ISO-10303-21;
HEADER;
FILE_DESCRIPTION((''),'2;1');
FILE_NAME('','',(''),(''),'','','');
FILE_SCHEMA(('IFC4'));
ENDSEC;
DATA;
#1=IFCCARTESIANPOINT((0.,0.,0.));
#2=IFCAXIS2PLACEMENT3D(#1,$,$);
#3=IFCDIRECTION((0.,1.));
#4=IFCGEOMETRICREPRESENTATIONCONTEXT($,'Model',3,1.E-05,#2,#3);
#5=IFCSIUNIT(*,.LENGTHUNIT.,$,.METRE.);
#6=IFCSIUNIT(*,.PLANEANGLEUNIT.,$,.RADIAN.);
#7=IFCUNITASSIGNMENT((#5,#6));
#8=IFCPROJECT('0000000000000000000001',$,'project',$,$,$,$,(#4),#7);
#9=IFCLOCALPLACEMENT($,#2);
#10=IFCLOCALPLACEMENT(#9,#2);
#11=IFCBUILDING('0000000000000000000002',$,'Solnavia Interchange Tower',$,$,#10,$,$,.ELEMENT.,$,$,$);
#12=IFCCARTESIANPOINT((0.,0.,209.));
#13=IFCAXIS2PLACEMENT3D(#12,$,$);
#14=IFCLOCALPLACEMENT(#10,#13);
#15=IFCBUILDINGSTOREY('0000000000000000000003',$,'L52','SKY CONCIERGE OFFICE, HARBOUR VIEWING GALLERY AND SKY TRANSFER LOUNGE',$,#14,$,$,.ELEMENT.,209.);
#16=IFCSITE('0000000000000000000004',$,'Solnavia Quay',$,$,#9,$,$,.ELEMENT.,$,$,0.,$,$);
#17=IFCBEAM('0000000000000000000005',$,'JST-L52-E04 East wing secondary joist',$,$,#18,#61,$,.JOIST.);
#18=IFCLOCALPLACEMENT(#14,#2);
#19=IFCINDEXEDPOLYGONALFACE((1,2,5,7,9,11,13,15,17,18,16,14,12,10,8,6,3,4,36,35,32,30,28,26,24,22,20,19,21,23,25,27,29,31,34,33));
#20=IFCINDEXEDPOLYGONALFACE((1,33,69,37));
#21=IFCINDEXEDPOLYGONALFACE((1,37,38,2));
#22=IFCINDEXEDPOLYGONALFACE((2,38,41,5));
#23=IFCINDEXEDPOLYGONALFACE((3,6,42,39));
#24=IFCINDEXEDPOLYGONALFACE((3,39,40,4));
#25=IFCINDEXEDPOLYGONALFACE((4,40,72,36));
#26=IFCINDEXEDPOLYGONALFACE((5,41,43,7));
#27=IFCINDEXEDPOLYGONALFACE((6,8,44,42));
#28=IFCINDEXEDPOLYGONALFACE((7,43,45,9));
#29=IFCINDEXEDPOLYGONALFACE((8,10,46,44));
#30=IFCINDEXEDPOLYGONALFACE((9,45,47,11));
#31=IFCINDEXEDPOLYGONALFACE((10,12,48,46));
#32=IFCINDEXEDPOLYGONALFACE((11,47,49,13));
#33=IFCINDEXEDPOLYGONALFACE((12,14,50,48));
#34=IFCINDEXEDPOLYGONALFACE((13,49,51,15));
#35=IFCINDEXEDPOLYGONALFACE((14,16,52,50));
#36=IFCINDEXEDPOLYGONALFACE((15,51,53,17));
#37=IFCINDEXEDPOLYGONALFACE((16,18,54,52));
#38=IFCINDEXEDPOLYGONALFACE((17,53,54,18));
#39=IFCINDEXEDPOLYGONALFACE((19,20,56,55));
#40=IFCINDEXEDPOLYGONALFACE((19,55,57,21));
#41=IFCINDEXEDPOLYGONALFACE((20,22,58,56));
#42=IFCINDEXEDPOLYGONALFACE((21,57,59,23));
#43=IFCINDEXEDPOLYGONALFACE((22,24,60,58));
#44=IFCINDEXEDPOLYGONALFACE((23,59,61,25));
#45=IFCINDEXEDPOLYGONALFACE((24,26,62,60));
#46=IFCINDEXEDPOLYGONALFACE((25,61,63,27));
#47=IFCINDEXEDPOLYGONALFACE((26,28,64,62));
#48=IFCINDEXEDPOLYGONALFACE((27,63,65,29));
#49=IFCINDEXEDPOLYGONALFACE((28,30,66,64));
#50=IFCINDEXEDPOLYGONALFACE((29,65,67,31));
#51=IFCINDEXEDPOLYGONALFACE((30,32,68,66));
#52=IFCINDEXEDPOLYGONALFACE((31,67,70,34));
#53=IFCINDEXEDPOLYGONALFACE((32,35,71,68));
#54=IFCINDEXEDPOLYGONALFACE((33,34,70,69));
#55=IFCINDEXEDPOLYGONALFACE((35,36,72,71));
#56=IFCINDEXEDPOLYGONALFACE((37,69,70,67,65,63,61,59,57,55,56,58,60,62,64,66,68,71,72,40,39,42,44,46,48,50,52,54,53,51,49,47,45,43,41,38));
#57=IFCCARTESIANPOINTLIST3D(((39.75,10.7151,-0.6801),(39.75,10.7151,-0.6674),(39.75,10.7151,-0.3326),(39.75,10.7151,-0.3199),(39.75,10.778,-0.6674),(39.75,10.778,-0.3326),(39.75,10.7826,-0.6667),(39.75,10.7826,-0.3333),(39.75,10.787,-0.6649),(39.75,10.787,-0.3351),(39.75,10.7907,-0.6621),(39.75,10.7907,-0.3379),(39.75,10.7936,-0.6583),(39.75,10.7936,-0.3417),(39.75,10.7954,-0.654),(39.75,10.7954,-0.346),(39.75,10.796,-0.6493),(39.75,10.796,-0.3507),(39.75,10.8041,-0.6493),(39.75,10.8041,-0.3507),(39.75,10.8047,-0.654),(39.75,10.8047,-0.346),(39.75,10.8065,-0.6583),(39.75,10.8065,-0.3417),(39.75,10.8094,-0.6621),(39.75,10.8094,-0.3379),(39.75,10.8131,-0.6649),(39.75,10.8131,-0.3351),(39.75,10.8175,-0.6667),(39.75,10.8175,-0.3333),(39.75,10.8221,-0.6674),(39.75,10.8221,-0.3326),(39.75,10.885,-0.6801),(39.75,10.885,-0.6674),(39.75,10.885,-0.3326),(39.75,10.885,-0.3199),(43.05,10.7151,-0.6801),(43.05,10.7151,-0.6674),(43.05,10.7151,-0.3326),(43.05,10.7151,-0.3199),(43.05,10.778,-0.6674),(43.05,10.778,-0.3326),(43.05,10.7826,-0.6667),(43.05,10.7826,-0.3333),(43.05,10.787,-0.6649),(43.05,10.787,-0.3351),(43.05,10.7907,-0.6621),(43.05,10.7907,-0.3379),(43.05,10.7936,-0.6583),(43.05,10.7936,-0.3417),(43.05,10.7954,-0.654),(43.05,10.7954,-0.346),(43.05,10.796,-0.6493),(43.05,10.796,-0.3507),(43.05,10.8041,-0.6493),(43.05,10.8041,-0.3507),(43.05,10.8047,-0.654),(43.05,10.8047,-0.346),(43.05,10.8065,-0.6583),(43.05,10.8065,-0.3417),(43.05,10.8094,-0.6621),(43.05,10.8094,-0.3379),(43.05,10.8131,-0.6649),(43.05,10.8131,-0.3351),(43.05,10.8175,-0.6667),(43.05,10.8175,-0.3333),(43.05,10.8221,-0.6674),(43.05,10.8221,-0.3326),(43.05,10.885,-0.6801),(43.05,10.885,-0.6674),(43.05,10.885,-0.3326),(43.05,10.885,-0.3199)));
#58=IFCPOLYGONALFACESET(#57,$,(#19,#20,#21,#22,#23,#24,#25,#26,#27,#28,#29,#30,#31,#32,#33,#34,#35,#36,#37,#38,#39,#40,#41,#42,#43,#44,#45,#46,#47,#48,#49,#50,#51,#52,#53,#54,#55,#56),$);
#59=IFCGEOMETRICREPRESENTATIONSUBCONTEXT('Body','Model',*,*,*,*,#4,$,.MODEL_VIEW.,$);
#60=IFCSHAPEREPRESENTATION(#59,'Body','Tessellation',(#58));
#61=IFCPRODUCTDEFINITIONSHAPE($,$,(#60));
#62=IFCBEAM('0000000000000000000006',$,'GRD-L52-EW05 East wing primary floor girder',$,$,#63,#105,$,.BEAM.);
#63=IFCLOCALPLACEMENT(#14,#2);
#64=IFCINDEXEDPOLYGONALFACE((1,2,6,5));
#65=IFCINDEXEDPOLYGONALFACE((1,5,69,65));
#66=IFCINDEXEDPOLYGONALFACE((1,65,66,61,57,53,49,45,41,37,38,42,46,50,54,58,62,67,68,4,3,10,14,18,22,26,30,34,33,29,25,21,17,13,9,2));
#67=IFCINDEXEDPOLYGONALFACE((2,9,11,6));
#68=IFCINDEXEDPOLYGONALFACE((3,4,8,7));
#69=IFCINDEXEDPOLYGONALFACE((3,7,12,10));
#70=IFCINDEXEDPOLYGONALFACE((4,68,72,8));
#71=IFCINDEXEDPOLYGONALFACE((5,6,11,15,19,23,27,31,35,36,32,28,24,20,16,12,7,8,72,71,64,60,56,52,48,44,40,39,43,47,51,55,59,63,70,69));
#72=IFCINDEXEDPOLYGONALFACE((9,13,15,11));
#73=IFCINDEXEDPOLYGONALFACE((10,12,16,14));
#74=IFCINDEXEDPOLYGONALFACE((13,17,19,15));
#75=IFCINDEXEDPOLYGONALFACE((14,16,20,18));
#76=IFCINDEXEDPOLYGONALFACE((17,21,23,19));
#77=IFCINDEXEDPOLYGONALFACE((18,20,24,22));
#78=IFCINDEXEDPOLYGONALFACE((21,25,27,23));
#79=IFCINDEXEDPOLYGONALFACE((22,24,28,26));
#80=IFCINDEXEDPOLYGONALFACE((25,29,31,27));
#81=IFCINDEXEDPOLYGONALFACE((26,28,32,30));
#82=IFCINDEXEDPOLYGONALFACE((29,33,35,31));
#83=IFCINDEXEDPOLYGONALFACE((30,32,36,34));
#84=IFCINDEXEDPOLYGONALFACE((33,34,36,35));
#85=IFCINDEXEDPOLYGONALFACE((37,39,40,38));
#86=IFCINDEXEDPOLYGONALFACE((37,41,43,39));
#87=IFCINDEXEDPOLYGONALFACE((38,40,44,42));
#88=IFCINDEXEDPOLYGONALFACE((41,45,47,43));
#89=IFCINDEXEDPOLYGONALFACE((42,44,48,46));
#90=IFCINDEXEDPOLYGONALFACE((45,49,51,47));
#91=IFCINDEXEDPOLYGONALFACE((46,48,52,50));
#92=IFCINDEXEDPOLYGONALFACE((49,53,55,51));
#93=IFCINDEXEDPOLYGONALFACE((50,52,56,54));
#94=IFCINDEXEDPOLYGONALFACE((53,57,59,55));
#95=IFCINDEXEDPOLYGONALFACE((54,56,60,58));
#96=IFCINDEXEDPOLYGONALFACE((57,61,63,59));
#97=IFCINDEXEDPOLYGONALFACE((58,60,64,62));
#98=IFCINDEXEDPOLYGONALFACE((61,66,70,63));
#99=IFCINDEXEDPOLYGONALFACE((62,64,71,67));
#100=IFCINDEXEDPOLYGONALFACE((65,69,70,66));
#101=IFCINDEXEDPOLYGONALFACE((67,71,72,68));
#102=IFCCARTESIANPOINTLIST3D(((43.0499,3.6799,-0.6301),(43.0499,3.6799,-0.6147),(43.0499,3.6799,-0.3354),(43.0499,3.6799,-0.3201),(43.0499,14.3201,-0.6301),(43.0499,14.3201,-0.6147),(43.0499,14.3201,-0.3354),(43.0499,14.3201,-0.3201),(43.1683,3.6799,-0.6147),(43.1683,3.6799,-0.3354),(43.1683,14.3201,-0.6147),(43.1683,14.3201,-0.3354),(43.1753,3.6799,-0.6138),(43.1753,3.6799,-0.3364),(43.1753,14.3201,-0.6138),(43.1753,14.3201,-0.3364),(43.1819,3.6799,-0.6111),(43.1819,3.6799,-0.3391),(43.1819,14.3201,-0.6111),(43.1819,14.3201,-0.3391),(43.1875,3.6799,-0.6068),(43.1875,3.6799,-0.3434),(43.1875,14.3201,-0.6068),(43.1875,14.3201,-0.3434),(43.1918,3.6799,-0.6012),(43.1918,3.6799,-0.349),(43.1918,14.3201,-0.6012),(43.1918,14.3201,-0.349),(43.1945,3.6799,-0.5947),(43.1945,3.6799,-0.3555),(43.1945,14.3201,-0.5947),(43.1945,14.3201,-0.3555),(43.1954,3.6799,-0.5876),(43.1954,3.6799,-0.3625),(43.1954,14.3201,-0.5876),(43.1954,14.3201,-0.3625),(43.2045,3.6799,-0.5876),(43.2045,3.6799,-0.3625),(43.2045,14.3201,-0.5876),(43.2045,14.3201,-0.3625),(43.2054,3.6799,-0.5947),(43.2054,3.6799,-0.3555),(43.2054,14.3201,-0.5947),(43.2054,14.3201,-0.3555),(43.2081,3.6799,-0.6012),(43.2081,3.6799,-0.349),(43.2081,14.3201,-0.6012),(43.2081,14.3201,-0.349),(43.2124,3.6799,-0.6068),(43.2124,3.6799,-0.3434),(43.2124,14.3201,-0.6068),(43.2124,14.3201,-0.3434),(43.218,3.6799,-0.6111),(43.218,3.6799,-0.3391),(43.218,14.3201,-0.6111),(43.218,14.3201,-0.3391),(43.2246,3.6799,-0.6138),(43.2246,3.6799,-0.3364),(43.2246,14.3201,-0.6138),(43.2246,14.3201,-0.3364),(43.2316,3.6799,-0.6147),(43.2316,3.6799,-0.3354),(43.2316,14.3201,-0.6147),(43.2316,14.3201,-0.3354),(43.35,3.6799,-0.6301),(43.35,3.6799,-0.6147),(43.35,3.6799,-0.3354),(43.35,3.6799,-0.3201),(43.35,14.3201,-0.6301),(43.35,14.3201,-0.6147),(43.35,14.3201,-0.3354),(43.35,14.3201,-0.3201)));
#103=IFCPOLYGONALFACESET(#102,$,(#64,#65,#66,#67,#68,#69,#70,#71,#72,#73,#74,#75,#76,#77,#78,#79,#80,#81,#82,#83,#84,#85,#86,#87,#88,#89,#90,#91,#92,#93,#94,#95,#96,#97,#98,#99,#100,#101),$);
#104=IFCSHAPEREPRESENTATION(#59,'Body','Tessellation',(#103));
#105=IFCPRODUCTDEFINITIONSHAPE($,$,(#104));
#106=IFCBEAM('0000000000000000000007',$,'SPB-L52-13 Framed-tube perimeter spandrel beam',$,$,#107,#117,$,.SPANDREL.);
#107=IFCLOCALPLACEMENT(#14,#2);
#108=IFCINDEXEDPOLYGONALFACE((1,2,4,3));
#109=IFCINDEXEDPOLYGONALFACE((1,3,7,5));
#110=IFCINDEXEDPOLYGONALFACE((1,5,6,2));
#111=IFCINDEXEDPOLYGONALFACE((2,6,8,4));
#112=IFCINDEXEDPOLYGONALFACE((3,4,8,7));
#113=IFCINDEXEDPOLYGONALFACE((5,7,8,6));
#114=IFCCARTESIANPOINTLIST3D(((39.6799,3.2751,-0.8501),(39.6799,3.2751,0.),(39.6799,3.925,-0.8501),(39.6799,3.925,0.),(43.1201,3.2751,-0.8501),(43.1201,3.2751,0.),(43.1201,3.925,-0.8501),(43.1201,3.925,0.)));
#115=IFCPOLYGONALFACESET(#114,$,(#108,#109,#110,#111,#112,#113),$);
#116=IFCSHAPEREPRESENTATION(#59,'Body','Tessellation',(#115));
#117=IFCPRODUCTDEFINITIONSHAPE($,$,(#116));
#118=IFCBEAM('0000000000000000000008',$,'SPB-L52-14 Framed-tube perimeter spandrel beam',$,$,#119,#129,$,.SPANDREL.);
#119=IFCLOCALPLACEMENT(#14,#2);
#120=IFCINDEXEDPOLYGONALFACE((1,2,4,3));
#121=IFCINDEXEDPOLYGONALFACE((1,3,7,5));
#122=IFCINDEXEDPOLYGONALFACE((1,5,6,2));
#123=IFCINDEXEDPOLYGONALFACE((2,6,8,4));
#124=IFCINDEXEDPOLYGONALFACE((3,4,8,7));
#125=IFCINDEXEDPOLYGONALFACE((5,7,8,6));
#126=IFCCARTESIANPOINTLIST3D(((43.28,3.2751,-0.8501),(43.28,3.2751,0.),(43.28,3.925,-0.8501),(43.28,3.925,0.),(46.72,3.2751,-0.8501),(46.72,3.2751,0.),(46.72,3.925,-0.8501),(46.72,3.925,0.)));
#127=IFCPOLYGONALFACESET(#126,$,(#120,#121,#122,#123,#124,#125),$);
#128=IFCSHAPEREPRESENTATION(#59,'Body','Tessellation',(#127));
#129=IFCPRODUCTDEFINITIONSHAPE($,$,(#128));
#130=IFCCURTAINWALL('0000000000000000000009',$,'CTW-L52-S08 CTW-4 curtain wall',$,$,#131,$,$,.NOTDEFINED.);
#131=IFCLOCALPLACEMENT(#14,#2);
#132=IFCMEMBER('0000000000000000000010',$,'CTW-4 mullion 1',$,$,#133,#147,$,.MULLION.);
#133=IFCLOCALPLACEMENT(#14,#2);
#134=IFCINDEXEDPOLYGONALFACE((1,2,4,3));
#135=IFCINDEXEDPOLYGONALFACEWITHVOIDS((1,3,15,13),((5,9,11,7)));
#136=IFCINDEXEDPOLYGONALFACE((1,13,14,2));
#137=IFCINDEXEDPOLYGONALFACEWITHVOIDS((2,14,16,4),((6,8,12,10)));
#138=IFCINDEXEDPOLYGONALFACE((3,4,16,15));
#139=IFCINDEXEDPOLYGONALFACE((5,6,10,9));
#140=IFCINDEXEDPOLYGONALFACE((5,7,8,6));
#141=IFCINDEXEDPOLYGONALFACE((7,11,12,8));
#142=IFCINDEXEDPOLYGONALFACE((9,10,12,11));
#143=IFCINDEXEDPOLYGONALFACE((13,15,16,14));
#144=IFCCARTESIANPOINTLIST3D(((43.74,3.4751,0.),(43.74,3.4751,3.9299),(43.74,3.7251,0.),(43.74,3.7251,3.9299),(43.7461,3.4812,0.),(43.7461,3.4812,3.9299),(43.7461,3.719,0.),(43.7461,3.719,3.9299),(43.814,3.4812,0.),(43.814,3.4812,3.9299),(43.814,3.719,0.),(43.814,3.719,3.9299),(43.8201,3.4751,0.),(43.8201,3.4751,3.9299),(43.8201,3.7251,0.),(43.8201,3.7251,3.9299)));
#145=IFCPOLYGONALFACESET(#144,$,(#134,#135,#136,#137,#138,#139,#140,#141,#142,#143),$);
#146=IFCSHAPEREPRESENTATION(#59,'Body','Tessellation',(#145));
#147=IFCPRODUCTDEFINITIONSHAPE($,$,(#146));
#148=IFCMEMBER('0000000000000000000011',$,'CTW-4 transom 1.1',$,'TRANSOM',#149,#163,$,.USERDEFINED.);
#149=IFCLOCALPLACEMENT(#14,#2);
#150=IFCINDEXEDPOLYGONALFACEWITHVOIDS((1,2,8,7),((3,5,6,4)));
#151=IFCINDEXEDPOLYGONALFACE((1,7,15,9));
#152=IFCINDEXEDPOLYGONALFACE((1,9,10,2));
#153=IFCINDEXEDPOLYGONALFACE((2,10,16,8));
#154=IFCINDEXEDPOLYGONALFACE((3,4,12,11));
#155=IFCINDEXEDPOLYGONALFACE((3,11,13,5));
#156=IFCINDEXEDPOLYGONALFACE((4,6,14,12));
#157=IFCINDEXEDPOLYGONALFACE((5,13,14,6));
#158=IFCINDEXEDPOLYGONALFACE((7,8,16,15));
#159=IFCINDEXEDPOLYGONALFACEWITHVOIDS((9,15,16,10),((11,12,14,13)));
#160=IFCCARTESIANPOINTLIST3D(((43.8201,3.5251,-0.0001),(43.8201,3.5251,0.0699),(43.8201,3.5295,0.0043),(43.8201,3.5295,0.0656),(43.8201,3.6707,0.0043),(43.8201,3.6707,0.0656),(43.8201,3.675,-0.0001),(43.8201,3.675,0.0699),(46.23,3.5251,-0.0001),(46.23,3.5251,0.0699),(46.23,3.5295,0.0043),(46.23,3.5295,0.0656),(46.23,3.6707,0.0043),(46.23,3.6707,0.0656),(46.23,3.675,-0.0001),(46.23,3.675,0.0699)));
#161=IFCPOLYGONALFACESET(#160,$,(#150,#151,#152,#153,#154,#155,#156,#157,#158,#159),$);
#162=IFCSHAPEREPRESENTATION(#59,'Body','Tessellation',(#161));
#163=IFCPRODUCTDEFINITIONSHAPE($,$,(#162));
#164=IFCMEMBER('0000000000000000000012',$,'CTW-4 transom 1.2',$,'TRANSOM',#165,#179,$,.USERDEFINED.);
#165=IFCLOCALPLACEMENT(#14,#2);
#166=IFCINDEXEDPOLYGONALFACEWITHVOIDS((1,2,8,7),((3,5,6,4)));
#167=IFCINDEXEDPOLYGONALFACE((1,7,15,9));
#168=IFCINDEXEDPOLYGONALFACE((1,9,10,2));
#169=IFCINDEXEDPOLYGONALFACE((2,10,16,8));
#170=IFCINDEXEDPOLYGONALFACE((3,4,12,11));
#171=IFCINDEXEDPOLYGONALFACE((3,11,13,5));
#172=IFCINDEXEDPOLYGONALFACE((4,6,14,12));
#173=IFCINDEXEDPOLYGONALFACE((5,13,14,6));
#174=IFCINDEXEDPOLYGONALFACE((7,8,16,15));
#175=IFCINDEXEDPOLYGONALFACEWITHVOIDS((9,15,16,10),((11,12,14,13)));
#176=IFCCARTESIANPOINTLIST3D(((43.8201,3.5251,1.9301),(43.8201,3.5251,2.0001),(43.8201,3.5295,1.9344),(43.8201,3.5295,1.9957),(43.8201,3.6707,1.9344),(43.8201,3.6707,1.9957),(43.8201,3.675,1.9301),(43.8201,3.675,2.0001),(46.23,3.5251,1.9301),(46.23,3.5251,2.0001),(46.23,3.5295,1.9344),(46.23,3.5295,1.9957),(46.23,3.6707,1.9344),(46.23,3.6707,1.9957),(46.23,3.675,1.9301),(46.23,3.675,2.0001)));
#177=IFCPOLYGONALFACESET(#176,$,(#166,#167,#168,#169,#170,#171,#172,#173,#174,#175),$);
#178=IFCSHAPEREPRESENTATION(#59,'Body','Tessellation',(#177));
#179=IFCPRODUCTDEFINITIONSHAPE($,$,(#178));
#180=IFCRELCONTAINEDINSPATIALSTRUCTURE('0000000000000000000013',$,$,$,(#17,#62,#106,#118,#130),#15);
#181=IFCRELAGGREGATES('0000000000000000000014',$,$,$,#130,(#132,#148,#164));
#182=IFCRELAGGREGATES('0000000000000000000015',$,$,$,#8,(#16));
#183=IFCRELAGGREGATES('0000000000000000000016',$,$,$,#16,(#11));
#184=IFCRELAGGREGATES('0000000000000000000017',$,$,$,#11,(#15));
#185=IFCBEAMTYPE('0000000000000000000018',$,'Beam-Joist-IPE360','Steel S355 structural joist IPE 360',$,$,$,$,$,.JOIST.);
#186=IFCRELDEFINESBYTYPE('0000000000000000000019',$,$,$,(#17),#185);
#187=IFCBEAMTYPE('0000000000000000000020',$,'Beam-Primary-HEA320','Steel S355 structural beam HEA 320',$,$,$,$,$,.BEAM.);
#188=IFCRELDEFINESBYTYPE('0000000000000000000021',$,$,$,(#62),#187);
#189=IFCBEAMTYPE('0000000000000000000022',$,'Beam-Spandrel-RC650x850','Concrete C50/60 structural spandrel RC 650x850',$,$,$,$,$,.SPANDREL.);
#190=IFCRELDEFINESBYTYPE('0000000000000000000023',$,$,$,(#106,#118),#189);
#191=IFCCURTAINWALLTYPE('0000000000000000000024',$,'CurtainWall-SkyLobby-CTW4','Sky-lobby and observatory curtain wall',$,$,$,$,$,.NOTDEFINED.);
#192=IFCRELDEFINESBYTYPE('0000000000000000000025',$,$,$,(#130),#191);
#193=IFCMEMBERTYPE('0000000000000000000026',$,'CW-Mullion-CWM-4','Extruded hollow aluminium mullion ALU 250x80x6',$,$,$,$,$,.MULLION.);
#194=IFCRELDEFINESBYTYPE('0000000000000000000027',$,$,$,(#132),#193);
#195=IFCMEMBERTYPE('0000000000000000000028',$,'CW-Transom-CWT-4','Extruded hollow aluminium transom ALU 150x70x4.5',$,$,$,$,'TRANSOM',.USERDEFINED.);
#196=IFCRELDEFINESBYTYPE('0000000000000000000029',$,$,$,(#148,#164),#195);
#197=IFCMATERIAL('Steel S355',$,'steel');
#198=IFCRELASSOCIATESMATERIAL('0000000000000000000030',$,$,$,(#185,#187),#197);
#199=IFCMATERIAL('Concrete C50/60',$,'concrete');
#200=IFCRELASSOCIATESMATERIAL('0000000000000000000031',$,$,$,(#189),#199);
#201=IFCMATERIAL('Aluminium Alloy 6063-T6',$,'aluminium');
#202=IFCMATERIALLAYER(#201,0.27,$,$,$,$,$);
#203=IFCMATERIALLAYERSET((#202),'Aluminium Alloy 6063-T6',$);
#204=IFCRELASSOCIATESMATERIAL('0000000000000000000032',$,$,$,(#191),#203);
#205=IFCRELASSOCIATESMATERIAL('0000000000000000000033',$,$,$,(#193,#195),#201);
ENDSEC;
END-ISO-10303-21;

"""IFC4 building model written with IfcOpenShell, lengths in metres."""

from ifc_helpers import new_model, si_unit, direction, frame, origin, origin_2d, place, context, subcontext, project, spatial, rectangle, hollow_rectangle, i_section, extrude, material, layer, layer_set, material_profile, profile_set, type_object, element, aggregate, save


model = new_model("IFC4")

# Units and contexts
model_context = context("Model", 3, precision=1e-05, world=origin(), true_north=direction((0.0, 1.0)))
body_context = subcontext(model_context, "Body", "Model", "MODEL_VIEW")
ifc_project = project(units=[si_unit("LENGTHUNIT", "METRE"), si_unit("PLANEANGLEUNIT", "RADIAN")], contexts=[model_context])

# Site, building, storey
site_placement = place(None, origin())
site = spatial("IfcSite", under=ifc_project, at=site_placement, Name="Solnavia Quay", CompositionType="ELEMENT", RefElevation=0.0)
building_placement = place(site_placement, origin())
building = spatial("IfcBuilding", under=site, at=building_placement, Name="Solnavia Interchange Tower", CompositionType="ELEMENT")
storey_placement = place(building_placement, frame((0.0, 0.0, 209.0)))
storey = spatial("IfcBuildingStorey", under=building, at=storey_placement, Name="L52", Description="SKY CONCIERGE OFFICE, HARBOUR VIEWING GALLERY AND SKY TRANSFER LOUNGE", CompositionType="ELEMENT", Elevation=209.0)

# Shared definitions
ifc_material_1 = material(Name="Concrete C50/60", Category="concrete")

# Beams
ifc_material_2 = material(Name="Steel S355", Category="steel")
ifc_material_profile_1 = material_profile(ifc_material_2, i_section(OverallWidth=0.1699, OverallDepth=0.3601, WebThickness=0.0081, FlangeThickness=0.0127, FilletRadius=0.0181, at=origin_2d()), Name="IPE 360")
ifc_profile_set_1 = profile_set([ifc_material_profile_1], Name="Steel S355")
beam_type_1 = type_object("IfcBeamType", Name="Beam-Joist-IPE360", Description="Steel S355 structural joist IPE 360", PredefinedType="JOIST", material=ifc_profile_set_1)
beam_1_placement = place(storey_placement, frame((39.75, 10.8, -0.5), z_axis=(1.0, 0.0, 0.0), x_axis=(0.0, 1.0, 0.0)))
element("IfcBeam", 1, at=beam_1_placement, inside=storey, type_object=beam_type_1, Name="JST-L52-E04 East wing secondary joist", PredefinedType="JOIST", context=body_context, shape_type="SweptSolid", body=[
    extrude(i_section(OverallWidth=0.1699, OverallDepth=0.3601, WebThickness=0.0081, FlangeThickness=0.0127, FilletRadius=0.0181, at=origin_2d()), origin(), (0.0, 0.0, 1.0), 3.3),
])
ifc_material_profile_2 = material_profile(ifc_material_2, i_section(OverallWidth=0.3, OverallDepth=0.3101, WebThickness=0.009, FlangeThickness=0.0154, FilletRadius=0.0271, at=origin_2d()), Name="HEA 320")
ifc_profile_set_2 = profile_set([ifc_material_profile_2], Name="Steel S355")
beam_type_2 = type_object("IfcBeamType", Name="Beam-Primary-HEA320", Description="Steel S355 structural beam HEA 320", PredefinedType="BEAM", material=ifc_profile_set_2)
beam_2_placement = place(storey_placement, frame((43.2, 3.6799, -0.4751), z_axis=(0.0, 1.0, 0.0), x_axis=(-1.0, 0.0, 0.0)))
element("IfcBeam", 2, at=beam_2_placement, inside=storey, type_object=beam_type_2, Name="GRD-L52-EW05 East wing primary floor girder", PredefinedType="BEAM", context=body_context, shape_type="SweptSolid", body=[
    extrude(i_section(OverallWidth=0.3, OverallDepth=0.3101, WebThickness=0.009, FlangeThickness=0.0154, FilletRadius=0.0271, at=origin_2d()), origin(), (0.0, 0.0, 1.0), 10.6401),
])
ifc_material_profile_3 = material_profile(ifc_material_1, rectangle(XDim=0.6499, YDim=0.8501, at=origin_2d()), Name="RC 650x850")
ifc_profile_set_3 = profile_set([ifc_material_profile_3], Name="Concrete C50/60")
beam_type_3 = type_object("IfcBeamType", Name="Beam-Spandrel-RC650x850", Description="Concrete C50/60 structural spandrel RC 650x850", PredefinedType="SPANDREL", material=ifc_profile_set_3)
beam_3_placement = place(storey_placement, frame((39.6799, 3.6001, -0.425), z_axis=(1.0, 0.0, 0.0), x_axis=(0.0, 1.0, 0.0)))
element("IfcBeam", 3, at=beam_3_placement, inside=storey, type_object=beam_type_3, Name="SPB-L52-13 Framed-tube perimeter spandrel beam", PredefinedType="SPANDREL", context=body_context, shape_type="SweptSolid", body=[
    extrude(rectangle(XDim=0.6499, YDim=0.8501, at=origin_2d()), origin(), (0.0, 0.0, 1.0), 3.4402),
])
beam_4_placement = place(storey_placement, frame((43.28, 3.6001, -0.425), z_axis=(1.0, 0.0, 0.0), x_axis=(0.0, 1.0, 0.0)))
element("IfcBeam", 4, at=beam_4_placement, inside=storey, type_object=beam_type_3, Name="SPB-L52-14 Framed-tube perimeter spandrel beam", PredefinedType="SPANDREL", context=body_context, shape_type="SweptSolid", body=[
    extrude(rectangle(XDim=0.6499, YDim=0.8501, at=origin_2d()), origin(), (0.0, 0.0, 1.0), 3.4399),
])

# Curtain wall, members
ifc_material_3 = material(Name="Aluminium Alloy 6063-T6", Category="aluminium")
ifc_layer_1 = layer(ifc_material_3, 0.27)
ifc_layer_set_1 = layer_set([ifc_layer_1], Name="Aluminium Alloy 6063-T6")
curtain_wall_type = type_object("IfcCurtainWallType", Name="CurtainWall-SkyLobby-CTW4", Description="Sky-lobby and observatory curtain wall", PredefinedType="NOTDEFINED", material=ifc_layer_set_1)
curtain_wall_placement = place(storey_placement, origin())
curtain_wall = element("IfcCurtainWall", 5, at=curtain_wall_placement, inside=storey, type_object=curtain_wall_type, Name="CTW-L52-S08 CTW-4 curtain wall", PredefinedType="NOTDEFINED")
ifc_material_profile_4 = material_profile(ifc_material_3, hollow_rectangle(XDim=0.0801, YDim=0.25, WallThickness=0.0061, at=origin_2d()), Name="ALU 250x80x6")
ifc_profile_set_4 = profile_set([ifc_material_profile_4], Name="Aluminium Alloy 6063-T6")
member_type_1 = type_object("IfcMemberType", Name="CW-Mullion-CWM-4", Description="Extruded hollow aluminium mullion ALU 250x80x6", PredefinedType="MULLION", material=ifc_profile_set_4)
member_1_placement = place(storey_placement, frame((43.78, 3.6001, 0.0), z_axis=(0.0, 0.0, 1.0), x_axis=(1.0, 0.0, 0.0)))
member_1 = element("IfcMember", 6, at=member_1_placement, type_object=member_type_1, Name="CTW-4 mullion 1", PredefinedType="MULLION", context=body_context, shape_type="SweptSolid", body=[
    extrude(hollow_rectangle(XDim=0.0801, YDim=0.25, WallThickness=0.0061, at=origin_2d()), origin(), (0.0, 0.0, 1.0), 3.9299),
])
ifc_material_profile_5 = material_profile(ifc_material_3, hollow_rectangle(XDim=0.0701, YDim=0.1499, WallThickness=0.0044, at=origin_2d()), Name="ALU 150x70x4.5")
ifc_profile_set_5 = profile_set([ifc_material_profile_5], Name="Aluminium Alloy 6063-T6")
member_type_2 = type_object("IfcMemberType", Name="CW-Transom-CWT-4", Description="Extruded hollow aluminium transom ALU 150x70x4.5", ElementType="TRANSOM", PredefinedType="USERDEFINED", material=ifc_profile_set_5)
member_2_placement = place(storey_placement, frame((43.8201, 3.6001, 0.0349), z_axis=(1.0, 0.0, 0.0), x_axis=(0.0, 0.0, 1.0)))
member_2 = element("IfcMember", 7, at=member_2_placement, type_object=member_type_2, Name="CTW-4 transom 1.1", ObjectType="TRANSOM", PredefinedType="USERDEFINED", context=body_context, shape_type="SweptSolid", body=[
    extrude(hollow_rectangle(XDim=0.0701, YDim=0.1499, WallThickness=0.0044, at=origin_2d()), origin(), (0.0, 0.0, 1.0), 2.4099),
])
member_3_placement = place(storey_placement, frame((43.8201, 3.6001, 1.9651), z_axis=(1.0, 0.0, 0.0), x_axis=(0.0, 0.0, 1.0)))
member_3 = element("IfcMember", 8, at=member_3_placement, type_object=member_type_2, Name="CTW-4 transom 1.2", ObjectType="TRANSOM", PredefinedType="USERDEFINED", context=body_context, shape_type="SweptSolid", body=[
    extrude(hollow_rectangle(XDim=0.0701, YDim=0.1499, WallThickness=0.0044, at=origin_2d()), origin(), (0.0, 0.0, 1.0), 2.4099),
])
aggregate(curtain_wall, [member_1, member_2, member_3])

save(model, "model.ifc")
